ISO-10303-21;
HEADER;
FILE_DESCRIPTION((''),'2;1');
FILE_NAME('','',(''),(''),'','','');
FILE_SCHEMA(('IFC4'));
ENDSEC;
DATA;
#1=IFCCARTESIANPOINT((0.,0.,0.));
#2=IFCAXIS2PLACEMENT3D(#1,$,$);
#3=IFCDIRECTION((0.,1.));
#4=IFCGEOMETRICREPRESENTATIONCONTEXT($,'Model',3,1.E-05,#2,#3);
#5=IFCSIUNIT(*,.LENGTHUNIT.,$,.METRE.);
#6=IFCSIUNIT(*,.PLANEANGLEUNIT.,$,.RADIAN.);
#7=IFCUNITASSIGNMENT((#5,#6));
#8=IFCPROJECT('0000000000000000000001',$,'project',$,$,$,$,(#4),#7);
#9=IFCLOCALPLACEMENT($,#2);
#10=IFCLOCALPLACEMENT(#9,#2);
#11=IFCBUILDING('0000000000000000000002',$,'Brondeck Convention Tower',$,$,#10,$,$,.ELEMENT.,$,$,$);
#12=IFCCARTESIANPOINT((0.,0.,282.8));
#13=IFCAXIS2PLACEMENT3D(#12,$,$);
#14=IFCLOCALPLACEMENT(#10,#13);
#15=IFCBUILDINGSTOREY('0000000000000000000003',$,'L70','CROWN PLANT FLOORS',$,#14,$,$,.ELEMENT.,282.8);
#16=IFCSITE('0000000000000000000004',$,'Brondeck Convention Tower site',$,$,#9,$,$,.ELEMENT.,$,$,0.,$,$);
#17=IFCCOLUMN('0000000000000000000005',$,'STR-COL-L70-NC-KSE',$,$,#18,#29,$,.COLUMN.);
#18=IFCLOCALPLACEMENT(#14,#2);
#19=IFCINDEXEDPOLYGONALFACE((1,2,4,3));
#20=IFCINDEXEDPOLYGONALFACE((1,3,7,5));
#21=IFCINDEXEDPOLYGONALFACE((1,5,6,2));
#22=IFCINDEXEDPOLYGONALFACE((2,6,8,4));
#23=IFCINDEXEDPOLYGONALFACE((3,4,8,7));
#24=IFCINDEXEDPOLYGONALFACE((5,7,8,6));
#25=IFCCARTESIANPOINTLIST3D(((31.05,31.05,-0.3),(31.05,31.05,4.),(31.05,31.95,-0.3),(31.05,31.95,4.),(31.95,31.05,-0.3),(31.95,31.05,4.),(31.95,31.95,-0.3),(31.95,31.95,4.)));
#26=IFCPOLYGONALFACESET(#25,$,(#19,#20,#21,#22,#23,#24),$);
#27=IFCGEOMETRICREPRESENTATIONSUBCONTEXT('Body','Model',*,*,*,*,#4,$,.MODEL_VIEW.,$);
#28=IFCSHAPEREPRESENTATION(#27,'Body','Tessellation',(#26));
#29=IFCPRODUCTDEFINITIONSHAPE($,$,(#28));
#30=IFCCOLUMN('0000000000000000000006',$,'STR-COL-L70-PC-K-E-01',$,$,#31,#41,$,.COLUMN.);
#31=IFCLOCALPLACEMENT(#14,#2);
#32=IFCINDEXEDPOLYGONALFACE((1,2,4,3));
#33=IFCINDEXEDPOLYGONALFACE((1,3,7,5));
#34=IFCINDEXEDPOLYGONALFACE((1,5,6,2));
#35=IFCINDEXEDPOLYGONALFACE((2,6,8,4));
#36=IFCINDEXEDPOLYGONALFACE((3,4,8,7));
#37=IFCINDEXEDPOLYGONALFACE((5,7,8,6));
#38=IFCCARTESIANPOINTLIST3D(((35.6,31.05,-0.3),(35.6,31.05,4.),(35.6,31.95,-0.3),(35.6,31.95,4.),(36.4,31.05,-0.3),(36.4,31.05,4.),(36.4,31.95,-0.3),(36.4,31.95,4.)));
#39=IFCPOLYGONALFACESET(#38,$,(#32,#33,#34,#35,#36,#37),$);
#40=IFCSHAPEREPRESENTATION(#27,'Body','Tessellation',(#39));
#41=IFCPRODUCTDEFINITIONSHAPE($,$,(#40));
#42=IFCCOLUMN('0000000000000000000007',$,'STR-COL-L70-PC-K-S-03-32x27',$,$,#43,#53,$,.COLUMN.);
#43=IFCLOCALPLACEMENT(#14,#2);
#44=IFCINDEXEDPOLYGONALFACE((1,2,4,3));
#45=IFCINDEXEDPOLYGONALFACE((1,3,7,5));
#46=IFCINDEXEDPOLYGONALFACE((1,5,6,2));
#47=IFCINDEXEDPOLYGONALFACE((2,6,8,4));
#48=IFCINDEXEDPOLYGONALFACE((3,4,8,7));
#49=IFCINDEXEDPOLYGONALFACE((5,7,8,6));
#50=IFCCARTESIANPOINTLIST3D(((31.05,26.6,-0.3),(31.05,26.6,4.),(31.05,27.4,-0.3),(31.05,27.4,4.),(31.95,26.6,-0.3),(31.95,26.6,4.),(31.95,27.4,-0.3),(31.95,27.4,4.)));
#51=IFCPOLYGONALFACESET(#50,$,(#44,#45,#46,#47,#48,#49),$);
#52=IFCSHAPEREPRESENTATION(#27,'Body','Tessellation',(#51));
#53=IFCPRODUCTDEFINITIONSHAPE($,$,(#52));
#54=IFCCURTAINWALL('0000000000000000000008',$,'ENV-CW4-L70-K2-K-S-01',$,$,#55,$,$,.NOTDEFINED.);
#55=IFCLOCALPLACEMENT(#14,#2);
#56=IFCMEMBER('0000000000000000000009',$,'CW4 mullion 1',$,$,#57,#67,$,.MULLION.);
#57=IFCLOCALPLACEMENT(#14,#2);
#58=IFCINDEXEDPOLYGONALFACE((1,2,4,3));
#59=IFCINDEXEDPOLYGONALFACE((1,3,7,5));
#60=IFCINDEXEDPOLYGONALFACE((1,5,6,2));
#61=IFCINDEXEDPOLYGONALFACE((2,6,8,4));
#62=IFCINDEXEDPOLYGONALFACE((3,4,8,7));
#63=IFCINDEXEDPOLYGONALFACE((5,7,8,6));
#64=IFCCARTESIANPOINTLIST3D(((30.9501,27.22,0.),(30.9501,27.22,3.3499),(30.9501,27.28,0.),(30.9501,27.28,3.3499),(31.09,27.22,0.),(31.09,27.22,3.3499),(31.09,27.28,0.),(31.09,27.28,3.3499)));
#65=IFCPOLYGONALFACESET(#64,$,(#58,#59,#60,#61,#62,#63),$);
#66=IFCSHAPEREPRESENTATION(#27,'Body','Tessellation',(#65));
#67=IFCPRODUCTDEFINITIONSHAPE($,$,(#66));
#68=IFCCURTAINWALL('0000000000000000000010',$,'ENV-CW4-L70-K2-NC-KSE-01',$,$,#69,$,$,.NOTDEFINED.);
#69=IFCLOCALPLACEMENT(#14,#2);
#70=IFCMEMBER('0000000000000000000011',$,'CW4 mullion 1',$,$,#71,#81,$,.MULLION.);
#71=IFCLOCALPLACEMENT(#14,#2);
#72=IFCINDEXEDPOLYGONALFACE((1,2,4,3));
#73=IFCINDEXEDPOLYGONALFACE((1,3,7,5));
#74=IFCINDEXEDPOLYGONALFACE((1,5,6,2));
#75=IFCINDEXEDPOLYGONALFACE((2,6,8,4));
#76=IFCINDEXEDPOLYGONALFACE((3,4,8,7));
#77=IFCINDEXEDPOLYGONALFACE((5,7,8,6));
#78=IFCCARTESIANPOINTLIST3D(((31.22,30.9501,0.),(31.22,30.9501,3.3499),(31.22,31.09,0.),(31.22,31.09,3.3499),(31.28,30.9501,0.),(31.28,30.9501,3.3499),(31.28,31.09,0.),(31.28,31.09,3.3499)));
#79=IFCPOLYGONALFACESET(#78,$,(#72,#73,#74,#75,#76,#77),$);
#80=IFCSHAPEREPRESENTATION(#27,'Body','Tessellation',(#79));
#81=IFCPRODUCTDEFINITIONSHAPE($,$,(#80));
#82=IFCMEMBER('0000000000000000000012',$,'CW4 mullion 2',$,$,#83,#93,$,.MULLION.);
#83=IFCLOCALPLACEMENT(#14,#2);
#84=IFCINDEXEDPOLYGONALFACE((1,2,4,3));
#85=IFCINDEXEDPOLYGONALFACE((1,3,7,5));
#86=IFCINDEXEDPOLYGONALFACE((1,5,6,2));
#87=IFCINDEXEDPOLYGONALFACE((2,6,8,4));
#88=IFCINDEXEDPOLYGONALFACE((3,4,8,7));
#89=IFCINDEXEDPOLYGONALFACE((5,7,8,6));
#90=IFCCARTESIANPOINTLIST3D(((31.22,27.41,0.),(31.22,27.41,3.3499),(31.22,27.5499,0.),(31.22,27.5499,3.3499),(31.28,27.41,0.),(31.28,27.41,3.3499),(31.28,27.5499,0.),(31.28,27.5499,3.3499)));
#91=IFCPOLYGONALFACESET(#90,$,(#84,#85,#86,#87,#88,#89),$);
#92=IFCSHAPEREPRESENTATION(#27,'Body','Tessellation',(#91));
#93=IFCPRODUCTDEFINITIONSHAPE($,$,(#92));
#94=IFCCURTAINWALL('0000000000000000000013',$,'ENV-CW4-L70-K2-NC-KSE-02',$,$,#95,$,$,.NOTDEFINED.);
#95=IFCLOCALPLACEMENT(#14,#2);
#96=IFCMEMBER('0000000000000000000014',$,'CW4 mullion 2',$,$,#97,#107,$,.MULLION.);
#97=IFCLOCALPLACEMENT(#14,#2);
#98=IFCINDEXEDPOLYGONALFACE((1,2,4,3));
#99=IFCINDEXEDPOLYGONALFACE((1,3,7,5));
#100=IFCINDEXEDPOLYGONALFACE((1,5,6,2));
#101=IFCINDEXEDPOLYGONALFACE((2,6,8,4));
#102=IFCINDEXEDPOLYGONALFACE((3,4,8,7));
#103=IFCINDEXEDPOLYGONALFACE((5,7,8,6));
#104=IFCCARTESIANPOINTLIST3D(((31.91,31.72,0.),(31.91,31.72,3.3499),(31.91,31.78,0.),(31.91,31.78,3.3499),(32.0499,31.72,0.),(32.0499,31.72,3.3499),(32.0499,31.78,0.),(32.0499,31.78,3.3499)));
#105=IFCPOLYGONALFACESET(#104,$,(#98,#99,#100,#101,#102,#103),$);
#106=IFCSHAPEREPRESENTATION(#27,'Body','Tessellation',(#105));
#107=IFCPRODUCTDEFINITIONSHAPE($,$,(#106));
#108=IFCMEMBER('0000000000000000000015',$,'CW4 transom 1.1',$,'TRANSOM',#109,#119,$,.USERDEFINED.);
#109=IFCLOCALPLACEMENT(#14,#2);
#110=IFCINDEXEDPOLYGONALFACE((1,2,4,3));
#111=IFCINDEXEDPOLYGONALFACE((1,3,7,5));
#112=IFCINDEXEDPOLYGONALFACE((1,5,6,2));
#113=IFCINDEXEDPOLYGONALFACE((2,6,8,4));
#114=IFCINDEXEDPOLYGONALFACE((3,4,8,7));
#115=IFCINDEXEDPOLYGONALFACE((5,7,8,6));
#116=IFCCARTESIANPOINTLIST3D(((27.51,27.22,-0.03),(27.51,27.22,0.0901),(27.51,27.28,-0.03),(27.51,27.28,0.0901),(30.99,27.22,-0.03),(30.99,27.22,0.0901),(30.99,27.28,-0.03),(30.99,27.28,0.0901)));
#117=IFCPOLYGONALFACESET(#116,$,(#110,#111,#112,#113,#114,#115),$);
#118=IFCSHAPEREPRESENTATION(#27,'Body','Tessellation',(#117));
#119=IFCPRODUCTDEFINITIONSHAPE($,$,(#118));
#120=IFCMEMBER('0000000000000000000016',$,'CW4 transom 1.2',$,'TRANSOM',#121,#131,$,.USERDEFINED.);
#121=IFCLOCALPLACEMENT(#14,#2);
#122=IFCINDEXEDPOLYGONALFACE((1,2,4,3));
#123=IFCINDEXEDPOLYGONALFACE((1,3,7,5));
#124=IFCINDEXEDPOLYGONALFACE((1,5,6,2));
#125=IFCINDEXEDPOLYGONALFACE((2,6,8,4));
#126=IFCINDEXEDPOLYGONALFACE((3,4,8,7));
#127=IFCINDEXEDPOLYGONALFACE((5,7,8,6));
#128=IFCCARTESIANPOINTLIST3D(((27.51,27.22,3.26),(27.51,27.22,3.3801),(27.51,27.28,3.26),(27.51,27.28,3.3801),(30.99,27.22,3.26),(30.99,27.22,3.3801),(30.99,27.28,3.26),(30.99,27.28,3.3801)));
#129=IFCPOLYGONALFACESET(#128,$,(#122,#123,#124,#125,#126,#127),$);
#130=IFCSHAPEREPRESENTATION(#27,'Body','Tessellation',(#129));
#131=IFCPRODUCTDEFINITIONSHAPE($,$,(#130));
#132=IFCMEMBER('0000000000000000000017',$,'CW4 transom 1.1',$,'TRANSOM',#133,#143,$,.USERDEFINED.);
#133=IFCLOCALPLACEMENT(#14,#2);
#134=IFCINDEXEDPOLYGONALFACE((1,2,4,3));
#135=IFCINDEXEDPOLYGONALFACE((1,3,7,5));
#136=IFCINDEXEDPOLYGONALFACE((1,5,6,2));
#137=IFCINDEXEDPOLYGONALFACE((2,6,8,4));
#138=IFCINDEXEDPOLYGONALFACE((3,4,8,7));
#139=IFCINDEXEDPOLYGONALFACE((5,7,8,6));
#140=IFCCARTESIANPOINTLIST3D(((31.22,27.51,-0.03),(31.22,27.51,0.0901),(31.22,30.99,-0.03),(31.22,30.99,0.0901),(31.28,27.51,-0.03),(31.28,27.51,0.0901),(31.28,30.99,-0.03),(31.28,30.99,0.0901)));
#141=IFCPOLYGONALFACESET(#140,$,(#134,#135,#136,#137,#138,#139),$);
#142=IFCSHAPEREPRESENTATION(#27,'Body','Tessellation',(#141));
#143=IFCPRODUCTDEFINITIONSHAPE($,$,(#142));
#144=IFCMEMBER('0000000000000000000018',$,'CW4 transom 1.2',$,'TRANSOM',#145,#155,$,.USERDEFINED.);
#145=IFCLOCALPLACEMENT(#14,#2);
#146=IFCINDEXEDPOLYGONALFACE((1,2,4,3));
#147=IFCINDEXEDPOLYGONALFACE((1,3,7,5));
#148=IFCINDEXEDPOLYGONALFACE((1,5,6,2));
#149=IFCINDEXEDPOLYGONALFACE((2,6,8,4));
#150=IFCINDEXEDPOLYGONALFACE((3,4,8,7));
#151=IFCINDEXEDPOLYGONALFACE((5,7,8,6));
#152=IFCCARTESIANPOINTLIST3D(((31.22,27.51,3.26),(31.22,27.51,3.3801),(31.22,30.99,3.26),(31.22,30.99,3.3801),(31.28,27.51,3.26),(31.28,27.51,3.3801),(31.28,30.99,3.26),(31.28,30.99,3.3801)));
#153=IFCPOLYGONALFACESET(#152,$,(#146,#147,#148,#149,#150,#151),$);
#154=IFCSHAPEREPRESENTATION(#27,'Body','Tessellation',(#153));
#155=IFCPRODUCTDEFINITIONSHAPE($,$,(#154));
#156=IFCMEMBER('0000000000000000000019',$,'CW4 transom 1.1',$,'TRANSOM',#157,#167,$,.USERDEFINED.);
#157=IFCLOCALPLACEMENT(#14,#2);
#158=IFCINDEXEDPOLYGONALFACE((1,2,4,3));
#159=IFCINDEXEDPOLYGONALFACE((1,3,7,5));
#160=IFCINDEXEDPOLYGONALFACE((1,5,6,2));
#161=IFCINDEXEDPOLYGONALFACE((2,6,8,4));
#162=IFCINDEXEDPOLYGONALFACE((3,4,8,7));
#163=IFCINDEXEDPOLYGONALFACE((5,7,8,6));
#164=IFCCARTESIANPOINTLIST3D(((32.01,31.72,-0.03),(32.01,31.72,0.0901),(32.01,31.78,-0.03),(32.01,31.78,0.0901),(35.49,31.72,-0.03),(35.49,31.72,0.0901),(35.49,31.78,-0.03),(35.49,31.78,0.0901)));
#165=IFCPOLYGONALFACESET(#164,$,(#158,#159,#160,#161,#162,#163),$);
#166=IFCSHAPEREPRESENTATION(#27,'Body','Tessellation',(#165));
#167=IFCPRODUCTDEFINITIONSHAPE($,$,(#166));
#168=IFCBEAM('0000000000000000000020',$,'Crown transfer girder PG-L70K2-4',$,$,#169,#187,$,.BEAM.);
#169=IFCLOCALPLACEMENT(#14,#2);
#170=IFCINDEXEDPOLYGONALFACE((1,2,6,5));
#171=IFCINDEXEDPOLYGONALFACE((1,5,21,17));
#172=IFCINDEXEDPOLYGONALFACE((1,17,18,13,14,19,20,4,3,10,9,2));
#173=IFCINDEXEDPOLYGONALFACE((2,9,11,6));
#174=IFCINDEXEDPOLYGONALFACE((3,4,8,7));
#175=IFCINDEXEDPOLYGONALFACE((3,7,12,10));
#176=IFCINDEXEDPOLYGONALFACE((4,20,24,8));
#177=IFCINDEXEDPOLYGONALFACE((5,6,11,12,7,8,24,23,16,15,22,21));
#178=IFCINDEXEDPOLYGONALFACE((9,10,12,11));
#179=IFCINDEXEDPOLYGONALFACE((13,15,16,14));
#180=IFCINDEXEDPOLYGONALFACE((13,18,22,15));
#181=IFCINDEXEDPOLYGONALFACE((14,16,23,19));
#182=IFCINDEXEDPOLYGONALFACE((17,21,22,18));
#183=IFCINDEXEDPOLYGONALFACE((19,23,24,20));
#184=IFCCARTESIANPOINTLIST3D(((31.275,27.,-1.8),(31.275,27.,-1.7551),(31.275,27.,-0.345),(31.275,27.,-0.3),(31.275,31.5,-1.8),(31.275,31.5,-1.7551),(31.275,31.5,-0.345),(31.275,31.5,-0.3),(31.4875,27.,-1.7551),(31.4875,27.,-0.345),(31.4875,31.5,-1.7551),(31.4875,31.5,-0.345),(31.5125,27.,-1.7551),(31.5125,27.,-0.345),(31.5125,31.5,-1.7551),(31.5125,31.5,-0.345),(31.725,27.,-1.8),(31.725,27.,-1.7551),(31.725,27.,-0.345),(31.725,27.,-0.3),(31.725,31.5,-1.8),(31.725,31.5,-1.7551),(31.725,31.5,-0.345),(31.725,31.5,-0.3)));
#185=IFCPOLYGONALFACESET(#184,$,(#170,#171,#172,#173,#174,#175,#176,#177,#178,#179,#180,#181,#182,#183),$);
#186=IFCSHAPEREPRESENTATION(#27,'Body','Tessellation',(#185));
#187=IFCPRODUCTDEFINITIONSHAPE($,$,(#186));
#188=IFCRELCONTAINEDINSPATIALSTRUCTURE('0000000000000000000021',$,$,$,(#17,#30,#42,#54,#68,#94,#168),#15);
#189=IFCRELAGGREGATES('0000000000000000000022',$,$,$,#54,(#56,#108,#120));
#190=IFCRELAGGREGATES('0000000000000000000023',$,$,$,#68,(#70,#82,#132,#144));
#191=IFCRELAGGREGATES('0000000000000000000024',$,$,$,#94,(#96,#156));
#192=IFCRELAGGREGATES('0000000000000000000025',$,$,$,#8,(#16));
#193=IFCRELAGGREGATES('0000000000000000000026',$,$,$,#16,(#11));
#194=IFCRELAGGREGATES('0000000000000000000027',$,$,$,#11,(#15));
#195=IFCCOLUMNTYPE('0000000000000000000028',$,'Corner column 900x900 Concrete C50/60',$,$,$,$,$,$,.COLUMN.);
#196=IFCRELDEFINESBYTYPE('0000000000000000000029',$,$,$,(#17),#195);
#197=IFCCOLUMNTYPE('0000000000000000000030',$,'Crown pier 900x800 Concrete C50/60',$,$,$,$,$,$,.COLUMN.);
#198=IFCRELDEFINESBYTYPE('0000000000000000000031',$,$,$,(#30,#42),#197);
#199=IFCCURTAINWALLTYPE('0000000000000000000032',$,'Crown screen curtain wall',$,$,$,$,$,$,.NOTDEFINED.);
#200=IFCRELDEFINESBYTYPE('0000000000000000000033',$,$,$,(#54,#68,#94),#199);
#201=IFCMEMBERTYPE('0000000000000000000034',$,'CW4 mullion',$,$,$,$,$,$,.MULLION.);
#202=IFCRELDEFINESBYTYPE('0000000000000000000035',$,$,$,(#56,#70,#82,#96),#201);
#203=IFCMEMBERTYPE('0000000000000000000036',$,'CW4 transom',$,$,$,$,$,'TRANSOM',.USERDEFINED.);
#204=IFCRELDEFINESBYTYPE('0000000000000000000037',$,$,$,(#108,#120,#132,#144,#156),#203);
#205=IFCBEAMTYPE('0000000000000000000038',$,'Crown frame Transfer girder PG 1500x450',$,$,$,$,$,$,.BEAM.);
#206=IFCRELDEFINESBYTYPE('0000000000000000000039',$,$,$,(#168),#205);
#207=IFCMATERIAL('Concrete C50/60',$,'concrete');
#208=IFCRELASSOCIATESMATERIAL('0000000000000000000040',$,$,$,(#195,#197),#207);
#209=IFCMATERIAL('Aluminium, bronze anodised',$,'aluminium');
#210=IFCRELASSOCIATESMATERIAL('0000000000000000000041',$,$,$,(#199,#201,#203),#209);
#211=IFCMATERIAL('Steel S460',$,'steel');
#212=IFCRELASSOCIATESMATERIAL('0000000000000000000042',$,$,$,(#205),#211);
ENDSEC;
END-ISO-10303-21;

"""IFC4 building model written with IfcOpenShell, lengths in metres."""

from ifc_helpers import new_model, si_unit, direction, frame, origin, origin_2d, place, context, subcontext, project, spatial, rectangle, i_section, extrude, material, material_profile, profile_set, type_object, element, aggregate, save


model = new_model("IFC4")

# Units and contexts
model_context = context("Model", 3, precision=1e-05, world=origin(), true_north=direction((0.0, 1.0)))
body_context = subcontext(model_context, "Body", "Model", "MODEL_VIEW")
ifc_project = project(units=[si_unit("LENGTHUNIT", "METRE"), si_unit("PLANEANGLEUNIT", "RADIAN")], contexts=[model_context])

# Site, building, storey
site_placement = place(None, origin())
site = spatial("IfcSite", under=ifc_project, at=site_placement, Name="Brondeck Convention Tower site", CompositionType="ELEMENT", RefElevation=0.0)
building_placement = place(site_placement, origin())
building = spatial("IfcBuilding", under=site, at=building_placement, Name="Brondeck Convention Tower", CompositionType="ELEMENT")
storey_placement = place(building_placement, frame((0.0, 0.0, 282.8)))
storey = spatial("IfcBuildingStorey", under=building, at=storey_placement, Name="L70", Description="CROWN PLANT FLOORS", CompositionType="ELEMENT", Elevation=282.8)

# Columns
ifc_material_1 = material(Name="Concrete C50/60", Category="concrete")
ifc_material_profile_1 = material_profile(ifc_material_1, rectangle(XDim=0.8999, YDim=0.8999, at=origin_2d()), Name="Corner column 900x900 Concrete C50/60")
ifc_profile_set_1 = profile_set([ifc_material_profile_1], Name="Concrete C50/60")
column_type_1 = type_object("IfcColumnType", Name="Corner column 900x900 Concrete C50/60", PredefinedType="COLUMN", material=ifc_profile_set_1)
column_placement = place(storey_placement, frame((31.5, 31.5, -0.3), z_axis=(0.0, 0.0, 1.0), x_axis=(1.0, 0.0, 0.0)))
element("IfcColumn", 1, at=column_placement, inside=storey, type_object=column_type_1, Name="STR-COL-L70-NC-KSE", PredefinedType="COLUMN", context=body_context, shape_type="SweptSolid", body=[
    extrude(rectangle(XDim=0.8999, YDim=0.8999, at=origin_2d()), origin(), (0.0, 0.0, 1.0), 4.3),
])
ifc_material_profile_2 = material_profile(ifc_material_1, rectangle(XDim=0.8999, YDim=0.8, at=origin_2d()), Name="Crown pier 900x800 Concrete C50/60")
ifc_profile_set_2 = profile_set([ifc_material_profile_2], Name="Concrete C50/60")
column_type_2 = type_object("IfcColumnType", Name="Crown pier 900x800 Concrete C50/60", PredefinedType="COLUMN", material=ifc_profile_set_2)
for number, where, z_axis, x_axis, name in (
    (2, (36.0, 31.5, -0.3), (0.0, 0.0, 1.0), (0.0, 1.0, 0.0), "STR-COL-L70-PC-K-E-01"),
    (3, (31.5, 27.0, -0.3), (0.0, 0.0, 1.0), (1.0, 0.0, 0.0), "STR-COL-L70-PC-K-S-03-32x27"),
):
    element("IfcColumn", number, at=place(storey_placement, frame(where, z_axis=z_axis, x_axis=x_axis)), inside=storey, type_object=column_type_2, Name=name, PredefinedType="COLUMN", context=body_context, shape_type="SweptSolid", body=[
        extrude(rectangle(XDim=0.8999, YDim=0.8, at=origin_2d()), origin(), (0.0, 0.0, 1.0), 4.3),
    ])

# Curtain wall, member
ifc_material_2 = material(Name="Aluminium, bronze anodised", Category="aluminium")
curtain_wall_type = type_object("IfcCurtainWallType", Name="Crown screen curtain wall", PredefinedType="NOTDEFINED", material=ifc_material_2)
curtain_wall_1_placement = place(storey_placement, origin())
curtain_wall_1 = element("IfcCurtainWall", 4, at=curtain_wall_1_placement, inside=storey, type_object=curtain_wall_type, Name="ENV-CW4-L70-K2-K-S-01", PredefinedType="NOTDEFINED")
ifc_material_profile_3 = material_profile(ifc_material_2, rectangle(XDim=0.0601, YDim=0.1399, at=origin_2d()), Name="CW4 mullion")
ifc_profile_set_3 = profile_set([ifc_material_profile_3], Name="Aluminium, bronze anodised")
member_type_1 = type_object("IfcMemberType", Name="CW4 mullion", PredefinedType="MULLION", material=ifc_profile_set_3)
member_1_placement = place(storey_placement, frame((31.02, 27.25, 0.0), z_axis=(0.0, 0.0, 1.0), x_axis=(0.0, -1.0, 0.0)))
member_1 = element("IfcMember", 5, at=member_1_placement, type_object=member_type_1, Name="CW4 mullion 1", PredefinedType="MULLION", context=body_context, shape_type="SweptSolid", body=[
    extrude(rectangle(XDim=0.0601, YDim=0.1399, at=origin_2d()), origin(), (0.0, 0.0, 1.0), 3.3499),
])

# Curtain wall, members
curtain_wall_2_placement = place(storey_placement, origin())
curtain_wall_2 = element("IfcCurtainWall", 6, at=curtain_wall_2_placement, inside=storey, type_object=curtain_wall_type, Name="ENV-CW4-L70-K2-NC-KSE-01", PredefinedType="NOTDEFINED")
member_2_placement = place(storey_placement, frame((31.25, 31.02, 0.0), z_axis=(0.0, 0.0, 1.0), x_axis=(1.0, 0.0, 0.0)))
member_2 = element("IfcMember", 7, at=member_2_placement, type_object=member_type_1, Name="CW4 mullion 1", PredefinedType="MULLION", context=body_context, shape_type="SweptSolid", body=[
    extrude(rectangle(XDim=0.0601, YDim=0.1399, at=origin_2d()), origin(), (0.0, 0.0, 1.0), 3.3499),
])
member_3_placement = place(storey_placement, frame((31.25, 27.48, 0.0), z_axis=(0.0, 0.0, 1.0), x_axis=(1.0, 0.0, 0.0)))
member_3 = element("IfcMember", 8, at=member_3_placement, type_object=member_type_1, Name="CW4 mullion 2", PredefinedType="MULLION", context=body_context, shape_type="SweptSolid", body=[
    extrude(rectangle(XDim=0.0601, YDim=0.1399, at=origin_2d()), origin(), (0.0, 0.0, 1.0), 3.3499),
])

# Curtain wall, member
curtain_wall_3_placement = place(storey_placement, origin())
curtain_wall_3 = element("IfcCurtainWall", 9, at=curtain_wall_3_placement, inside=storey, type_object=curtain_wall_type, Name="ENV-CW4-L70-K2-NC-KSE-02", PredefinedType="NOTDEFINED")
member_4_placement = place(storey_placement, frame((31.98, 31.75, 0.0), z_axis=(0.0, 0.0, 1.0), x_axis=(0.0, -1.0, 0.0)))
member_4 = element("IfcMember", 10, at=member_4_placement, type_object=member_type_1, Name="CW4 mullion 2", PredefinedType="MULLION", context=body_context, shape_type="SweptSolid", body=[
    extrude(rectangle(XDim=0.0601, YDim=0.1399, at=origin_2d()), origin(), (0.0, 0.0, 1.0), 3.3499),
])

# Members
ifc_material_profile_4 = material_profile(ifc_material_2, rectangle(XDim=0.0601, YDim=0.1201, at=origin_2d()), Name="CW4 transom")
ifc_profile_set_4 = profile_set([ifc_material_profile_4], Name="Aluminium, bronze anodised")
member_type_2 = type_object("IfcMemberType", Name="CW4 transom", ElementType="TRANSOM", PredefinedType="USERDEFINED", material=ifc_profile_set_4)
member_5_placement = place(storey_placement, frame((30.99, 27.25, 0.03), z_axis=(-1.0, 0.0, 0.0), x_axis=(0.0, -1.0, 0.0)))
member_5 = element("IfcMember", 11, at=member_5_placement, type_object=member_type_2, Name="CW4 transom 1.1", ObjectType="TRANSOM", PredefinedType="USERDEFINED", context=body_context, shape_type="SweptSolid", body=[
    extrude(rectangle(XDim=0.0601, YDim=0.1201, at=origin_2d()), origin(), (0.0, 0.0, 1.0), 3.48),
])
member_6_placement = place(storey_placement, frame((30.99, 27.25, 3.3201), z_axis=(-1.0, 0.0, 0.0), x_axis=(0.0, -1.0, 0.0)))
member_6 = element("IfcMember", 12, at=member_6_placement, type_object=member_type_2, Name="CW4 transom 1.2", ObjectType="TRANSOM", PredefinedType="USERDEFINED", context=body_context, shape_type="SweptSolid", body=[
    extrude(rectangle(XDim=0.0601, YDim=0.1201, at=origin_2d()), origin(), (0.0, 0.0, 1.0), 3.48),
])
aggregate(curtain_wall_1, [member_1, member_5, member_6])
member_7_placement = place(storey_placement, frame((31.25, 30.99, 0.03), z_axis=(0.0, -1.0, 0.0), x_axis=(1.0, 0.0, 0.0)))
member_7 = element("IfcMember", 13, at=member_7_placement, type_object=member_type_2, Name="CW4 transom 1.1", ObjectType="TRANSOM", PredefinedType="USERDEFINED", context=body_context, shape_type="SweptSolid", body=[
    extrude(rectangle(XDim=0.0601, YDim=0.1201, at=origin_2d()), origin(), (0.0, 0.0, 1.0), 3.48),
])
member_8_placement = place(storey_placement, frame((31.25, 30.99, 3.3201), z_axis=(0.0, -1.0, 0.0), x_axis=(1.0, 0.0, 0.0)))
member_8 = element("IfcMember", 14, at=member_8_placement, type_object=member_type_2, Name="CW4 transom 1.2", ObjectType="TRANSOM", PredefinedType="USERDEFINED", context=body_context, shape_type="SweptSolid", body=[
    extrude(rectangle(XDim=0.0601, YDim=0.1201, at=origin_2d()), origin(), (0.0, 0.0, 1.0), 3.48),
])
member_9_placement = place(storey_placement, frame((35.49, 31.75, 0.03), z_axis=(-1.0, 0.0, 0.0), x_axis=(0.0, -1.0, 0.0)))
member_9 = element("IfcMember", 15, at=member_9_placement, type_object=member_type_2, Name="CW4 transom 1.1", ObjectType="TRANSOM", PredefinedType="USERDEFINED", context=body_context, shape_type="SweptSolid", body=[
    extrude(rectangle(XDim=0.0601, YDim=0.1201, at=origin_2d()), origin(), (0.0, 0.0, 1.0), 3.48),
])

# Beam
ifc_material_3 = material(Name="Steel S460", Category="steel")
ifc_material_profile_5 = material_profile(ifc_material_3, i_section(OverallWidth=0.45, OverallDepth=1.5, WebThickness=0.0249, FlangeThickness=0.0449, at=origin_2d()), Name="PG 1500x450")
ifc_profile_set_5 = profile_set([ifc_material_profile_5], Name="Steel S460")
beam_type = type_object("IfcBeamType", Name="Crown frame Transfer girder PG 1500x450", PredefinedType="BEAM", material=ifc_profile_set_5)
for number, where, z_axis, x_axis, name in (
    (16, (31.5, 27.0, -1.05), (0.0, 1.0, 0.0), (-1.0, 0.0, 0.0), "Crown transfer girder PG-L70K2-4"),
):
    element("IfcBeam", number, at=place(storey_placement, frame(where, z_axis=z_axis, x_axis=x_axis)), inside=storey, type_object=beam_type, Name=name, PredefinedType="BEAM", context=body_context, shape_type="SweptSolid", body=[
        extrude(i_section(OverallWidth=0.45, OverallDepth=1.5, WebThickness=0.0249, FlangeThickness=0.0449, at=origin_2d()), origin(), (0.0, 0.0, 1.0), 4.5),
    ])

aggregate(curtain_wall_2, [member_2, member_3, member_7, member_8])
aggregate(curtain_wall_3, [member_4, member_9])

save(model, "model.ifc")
